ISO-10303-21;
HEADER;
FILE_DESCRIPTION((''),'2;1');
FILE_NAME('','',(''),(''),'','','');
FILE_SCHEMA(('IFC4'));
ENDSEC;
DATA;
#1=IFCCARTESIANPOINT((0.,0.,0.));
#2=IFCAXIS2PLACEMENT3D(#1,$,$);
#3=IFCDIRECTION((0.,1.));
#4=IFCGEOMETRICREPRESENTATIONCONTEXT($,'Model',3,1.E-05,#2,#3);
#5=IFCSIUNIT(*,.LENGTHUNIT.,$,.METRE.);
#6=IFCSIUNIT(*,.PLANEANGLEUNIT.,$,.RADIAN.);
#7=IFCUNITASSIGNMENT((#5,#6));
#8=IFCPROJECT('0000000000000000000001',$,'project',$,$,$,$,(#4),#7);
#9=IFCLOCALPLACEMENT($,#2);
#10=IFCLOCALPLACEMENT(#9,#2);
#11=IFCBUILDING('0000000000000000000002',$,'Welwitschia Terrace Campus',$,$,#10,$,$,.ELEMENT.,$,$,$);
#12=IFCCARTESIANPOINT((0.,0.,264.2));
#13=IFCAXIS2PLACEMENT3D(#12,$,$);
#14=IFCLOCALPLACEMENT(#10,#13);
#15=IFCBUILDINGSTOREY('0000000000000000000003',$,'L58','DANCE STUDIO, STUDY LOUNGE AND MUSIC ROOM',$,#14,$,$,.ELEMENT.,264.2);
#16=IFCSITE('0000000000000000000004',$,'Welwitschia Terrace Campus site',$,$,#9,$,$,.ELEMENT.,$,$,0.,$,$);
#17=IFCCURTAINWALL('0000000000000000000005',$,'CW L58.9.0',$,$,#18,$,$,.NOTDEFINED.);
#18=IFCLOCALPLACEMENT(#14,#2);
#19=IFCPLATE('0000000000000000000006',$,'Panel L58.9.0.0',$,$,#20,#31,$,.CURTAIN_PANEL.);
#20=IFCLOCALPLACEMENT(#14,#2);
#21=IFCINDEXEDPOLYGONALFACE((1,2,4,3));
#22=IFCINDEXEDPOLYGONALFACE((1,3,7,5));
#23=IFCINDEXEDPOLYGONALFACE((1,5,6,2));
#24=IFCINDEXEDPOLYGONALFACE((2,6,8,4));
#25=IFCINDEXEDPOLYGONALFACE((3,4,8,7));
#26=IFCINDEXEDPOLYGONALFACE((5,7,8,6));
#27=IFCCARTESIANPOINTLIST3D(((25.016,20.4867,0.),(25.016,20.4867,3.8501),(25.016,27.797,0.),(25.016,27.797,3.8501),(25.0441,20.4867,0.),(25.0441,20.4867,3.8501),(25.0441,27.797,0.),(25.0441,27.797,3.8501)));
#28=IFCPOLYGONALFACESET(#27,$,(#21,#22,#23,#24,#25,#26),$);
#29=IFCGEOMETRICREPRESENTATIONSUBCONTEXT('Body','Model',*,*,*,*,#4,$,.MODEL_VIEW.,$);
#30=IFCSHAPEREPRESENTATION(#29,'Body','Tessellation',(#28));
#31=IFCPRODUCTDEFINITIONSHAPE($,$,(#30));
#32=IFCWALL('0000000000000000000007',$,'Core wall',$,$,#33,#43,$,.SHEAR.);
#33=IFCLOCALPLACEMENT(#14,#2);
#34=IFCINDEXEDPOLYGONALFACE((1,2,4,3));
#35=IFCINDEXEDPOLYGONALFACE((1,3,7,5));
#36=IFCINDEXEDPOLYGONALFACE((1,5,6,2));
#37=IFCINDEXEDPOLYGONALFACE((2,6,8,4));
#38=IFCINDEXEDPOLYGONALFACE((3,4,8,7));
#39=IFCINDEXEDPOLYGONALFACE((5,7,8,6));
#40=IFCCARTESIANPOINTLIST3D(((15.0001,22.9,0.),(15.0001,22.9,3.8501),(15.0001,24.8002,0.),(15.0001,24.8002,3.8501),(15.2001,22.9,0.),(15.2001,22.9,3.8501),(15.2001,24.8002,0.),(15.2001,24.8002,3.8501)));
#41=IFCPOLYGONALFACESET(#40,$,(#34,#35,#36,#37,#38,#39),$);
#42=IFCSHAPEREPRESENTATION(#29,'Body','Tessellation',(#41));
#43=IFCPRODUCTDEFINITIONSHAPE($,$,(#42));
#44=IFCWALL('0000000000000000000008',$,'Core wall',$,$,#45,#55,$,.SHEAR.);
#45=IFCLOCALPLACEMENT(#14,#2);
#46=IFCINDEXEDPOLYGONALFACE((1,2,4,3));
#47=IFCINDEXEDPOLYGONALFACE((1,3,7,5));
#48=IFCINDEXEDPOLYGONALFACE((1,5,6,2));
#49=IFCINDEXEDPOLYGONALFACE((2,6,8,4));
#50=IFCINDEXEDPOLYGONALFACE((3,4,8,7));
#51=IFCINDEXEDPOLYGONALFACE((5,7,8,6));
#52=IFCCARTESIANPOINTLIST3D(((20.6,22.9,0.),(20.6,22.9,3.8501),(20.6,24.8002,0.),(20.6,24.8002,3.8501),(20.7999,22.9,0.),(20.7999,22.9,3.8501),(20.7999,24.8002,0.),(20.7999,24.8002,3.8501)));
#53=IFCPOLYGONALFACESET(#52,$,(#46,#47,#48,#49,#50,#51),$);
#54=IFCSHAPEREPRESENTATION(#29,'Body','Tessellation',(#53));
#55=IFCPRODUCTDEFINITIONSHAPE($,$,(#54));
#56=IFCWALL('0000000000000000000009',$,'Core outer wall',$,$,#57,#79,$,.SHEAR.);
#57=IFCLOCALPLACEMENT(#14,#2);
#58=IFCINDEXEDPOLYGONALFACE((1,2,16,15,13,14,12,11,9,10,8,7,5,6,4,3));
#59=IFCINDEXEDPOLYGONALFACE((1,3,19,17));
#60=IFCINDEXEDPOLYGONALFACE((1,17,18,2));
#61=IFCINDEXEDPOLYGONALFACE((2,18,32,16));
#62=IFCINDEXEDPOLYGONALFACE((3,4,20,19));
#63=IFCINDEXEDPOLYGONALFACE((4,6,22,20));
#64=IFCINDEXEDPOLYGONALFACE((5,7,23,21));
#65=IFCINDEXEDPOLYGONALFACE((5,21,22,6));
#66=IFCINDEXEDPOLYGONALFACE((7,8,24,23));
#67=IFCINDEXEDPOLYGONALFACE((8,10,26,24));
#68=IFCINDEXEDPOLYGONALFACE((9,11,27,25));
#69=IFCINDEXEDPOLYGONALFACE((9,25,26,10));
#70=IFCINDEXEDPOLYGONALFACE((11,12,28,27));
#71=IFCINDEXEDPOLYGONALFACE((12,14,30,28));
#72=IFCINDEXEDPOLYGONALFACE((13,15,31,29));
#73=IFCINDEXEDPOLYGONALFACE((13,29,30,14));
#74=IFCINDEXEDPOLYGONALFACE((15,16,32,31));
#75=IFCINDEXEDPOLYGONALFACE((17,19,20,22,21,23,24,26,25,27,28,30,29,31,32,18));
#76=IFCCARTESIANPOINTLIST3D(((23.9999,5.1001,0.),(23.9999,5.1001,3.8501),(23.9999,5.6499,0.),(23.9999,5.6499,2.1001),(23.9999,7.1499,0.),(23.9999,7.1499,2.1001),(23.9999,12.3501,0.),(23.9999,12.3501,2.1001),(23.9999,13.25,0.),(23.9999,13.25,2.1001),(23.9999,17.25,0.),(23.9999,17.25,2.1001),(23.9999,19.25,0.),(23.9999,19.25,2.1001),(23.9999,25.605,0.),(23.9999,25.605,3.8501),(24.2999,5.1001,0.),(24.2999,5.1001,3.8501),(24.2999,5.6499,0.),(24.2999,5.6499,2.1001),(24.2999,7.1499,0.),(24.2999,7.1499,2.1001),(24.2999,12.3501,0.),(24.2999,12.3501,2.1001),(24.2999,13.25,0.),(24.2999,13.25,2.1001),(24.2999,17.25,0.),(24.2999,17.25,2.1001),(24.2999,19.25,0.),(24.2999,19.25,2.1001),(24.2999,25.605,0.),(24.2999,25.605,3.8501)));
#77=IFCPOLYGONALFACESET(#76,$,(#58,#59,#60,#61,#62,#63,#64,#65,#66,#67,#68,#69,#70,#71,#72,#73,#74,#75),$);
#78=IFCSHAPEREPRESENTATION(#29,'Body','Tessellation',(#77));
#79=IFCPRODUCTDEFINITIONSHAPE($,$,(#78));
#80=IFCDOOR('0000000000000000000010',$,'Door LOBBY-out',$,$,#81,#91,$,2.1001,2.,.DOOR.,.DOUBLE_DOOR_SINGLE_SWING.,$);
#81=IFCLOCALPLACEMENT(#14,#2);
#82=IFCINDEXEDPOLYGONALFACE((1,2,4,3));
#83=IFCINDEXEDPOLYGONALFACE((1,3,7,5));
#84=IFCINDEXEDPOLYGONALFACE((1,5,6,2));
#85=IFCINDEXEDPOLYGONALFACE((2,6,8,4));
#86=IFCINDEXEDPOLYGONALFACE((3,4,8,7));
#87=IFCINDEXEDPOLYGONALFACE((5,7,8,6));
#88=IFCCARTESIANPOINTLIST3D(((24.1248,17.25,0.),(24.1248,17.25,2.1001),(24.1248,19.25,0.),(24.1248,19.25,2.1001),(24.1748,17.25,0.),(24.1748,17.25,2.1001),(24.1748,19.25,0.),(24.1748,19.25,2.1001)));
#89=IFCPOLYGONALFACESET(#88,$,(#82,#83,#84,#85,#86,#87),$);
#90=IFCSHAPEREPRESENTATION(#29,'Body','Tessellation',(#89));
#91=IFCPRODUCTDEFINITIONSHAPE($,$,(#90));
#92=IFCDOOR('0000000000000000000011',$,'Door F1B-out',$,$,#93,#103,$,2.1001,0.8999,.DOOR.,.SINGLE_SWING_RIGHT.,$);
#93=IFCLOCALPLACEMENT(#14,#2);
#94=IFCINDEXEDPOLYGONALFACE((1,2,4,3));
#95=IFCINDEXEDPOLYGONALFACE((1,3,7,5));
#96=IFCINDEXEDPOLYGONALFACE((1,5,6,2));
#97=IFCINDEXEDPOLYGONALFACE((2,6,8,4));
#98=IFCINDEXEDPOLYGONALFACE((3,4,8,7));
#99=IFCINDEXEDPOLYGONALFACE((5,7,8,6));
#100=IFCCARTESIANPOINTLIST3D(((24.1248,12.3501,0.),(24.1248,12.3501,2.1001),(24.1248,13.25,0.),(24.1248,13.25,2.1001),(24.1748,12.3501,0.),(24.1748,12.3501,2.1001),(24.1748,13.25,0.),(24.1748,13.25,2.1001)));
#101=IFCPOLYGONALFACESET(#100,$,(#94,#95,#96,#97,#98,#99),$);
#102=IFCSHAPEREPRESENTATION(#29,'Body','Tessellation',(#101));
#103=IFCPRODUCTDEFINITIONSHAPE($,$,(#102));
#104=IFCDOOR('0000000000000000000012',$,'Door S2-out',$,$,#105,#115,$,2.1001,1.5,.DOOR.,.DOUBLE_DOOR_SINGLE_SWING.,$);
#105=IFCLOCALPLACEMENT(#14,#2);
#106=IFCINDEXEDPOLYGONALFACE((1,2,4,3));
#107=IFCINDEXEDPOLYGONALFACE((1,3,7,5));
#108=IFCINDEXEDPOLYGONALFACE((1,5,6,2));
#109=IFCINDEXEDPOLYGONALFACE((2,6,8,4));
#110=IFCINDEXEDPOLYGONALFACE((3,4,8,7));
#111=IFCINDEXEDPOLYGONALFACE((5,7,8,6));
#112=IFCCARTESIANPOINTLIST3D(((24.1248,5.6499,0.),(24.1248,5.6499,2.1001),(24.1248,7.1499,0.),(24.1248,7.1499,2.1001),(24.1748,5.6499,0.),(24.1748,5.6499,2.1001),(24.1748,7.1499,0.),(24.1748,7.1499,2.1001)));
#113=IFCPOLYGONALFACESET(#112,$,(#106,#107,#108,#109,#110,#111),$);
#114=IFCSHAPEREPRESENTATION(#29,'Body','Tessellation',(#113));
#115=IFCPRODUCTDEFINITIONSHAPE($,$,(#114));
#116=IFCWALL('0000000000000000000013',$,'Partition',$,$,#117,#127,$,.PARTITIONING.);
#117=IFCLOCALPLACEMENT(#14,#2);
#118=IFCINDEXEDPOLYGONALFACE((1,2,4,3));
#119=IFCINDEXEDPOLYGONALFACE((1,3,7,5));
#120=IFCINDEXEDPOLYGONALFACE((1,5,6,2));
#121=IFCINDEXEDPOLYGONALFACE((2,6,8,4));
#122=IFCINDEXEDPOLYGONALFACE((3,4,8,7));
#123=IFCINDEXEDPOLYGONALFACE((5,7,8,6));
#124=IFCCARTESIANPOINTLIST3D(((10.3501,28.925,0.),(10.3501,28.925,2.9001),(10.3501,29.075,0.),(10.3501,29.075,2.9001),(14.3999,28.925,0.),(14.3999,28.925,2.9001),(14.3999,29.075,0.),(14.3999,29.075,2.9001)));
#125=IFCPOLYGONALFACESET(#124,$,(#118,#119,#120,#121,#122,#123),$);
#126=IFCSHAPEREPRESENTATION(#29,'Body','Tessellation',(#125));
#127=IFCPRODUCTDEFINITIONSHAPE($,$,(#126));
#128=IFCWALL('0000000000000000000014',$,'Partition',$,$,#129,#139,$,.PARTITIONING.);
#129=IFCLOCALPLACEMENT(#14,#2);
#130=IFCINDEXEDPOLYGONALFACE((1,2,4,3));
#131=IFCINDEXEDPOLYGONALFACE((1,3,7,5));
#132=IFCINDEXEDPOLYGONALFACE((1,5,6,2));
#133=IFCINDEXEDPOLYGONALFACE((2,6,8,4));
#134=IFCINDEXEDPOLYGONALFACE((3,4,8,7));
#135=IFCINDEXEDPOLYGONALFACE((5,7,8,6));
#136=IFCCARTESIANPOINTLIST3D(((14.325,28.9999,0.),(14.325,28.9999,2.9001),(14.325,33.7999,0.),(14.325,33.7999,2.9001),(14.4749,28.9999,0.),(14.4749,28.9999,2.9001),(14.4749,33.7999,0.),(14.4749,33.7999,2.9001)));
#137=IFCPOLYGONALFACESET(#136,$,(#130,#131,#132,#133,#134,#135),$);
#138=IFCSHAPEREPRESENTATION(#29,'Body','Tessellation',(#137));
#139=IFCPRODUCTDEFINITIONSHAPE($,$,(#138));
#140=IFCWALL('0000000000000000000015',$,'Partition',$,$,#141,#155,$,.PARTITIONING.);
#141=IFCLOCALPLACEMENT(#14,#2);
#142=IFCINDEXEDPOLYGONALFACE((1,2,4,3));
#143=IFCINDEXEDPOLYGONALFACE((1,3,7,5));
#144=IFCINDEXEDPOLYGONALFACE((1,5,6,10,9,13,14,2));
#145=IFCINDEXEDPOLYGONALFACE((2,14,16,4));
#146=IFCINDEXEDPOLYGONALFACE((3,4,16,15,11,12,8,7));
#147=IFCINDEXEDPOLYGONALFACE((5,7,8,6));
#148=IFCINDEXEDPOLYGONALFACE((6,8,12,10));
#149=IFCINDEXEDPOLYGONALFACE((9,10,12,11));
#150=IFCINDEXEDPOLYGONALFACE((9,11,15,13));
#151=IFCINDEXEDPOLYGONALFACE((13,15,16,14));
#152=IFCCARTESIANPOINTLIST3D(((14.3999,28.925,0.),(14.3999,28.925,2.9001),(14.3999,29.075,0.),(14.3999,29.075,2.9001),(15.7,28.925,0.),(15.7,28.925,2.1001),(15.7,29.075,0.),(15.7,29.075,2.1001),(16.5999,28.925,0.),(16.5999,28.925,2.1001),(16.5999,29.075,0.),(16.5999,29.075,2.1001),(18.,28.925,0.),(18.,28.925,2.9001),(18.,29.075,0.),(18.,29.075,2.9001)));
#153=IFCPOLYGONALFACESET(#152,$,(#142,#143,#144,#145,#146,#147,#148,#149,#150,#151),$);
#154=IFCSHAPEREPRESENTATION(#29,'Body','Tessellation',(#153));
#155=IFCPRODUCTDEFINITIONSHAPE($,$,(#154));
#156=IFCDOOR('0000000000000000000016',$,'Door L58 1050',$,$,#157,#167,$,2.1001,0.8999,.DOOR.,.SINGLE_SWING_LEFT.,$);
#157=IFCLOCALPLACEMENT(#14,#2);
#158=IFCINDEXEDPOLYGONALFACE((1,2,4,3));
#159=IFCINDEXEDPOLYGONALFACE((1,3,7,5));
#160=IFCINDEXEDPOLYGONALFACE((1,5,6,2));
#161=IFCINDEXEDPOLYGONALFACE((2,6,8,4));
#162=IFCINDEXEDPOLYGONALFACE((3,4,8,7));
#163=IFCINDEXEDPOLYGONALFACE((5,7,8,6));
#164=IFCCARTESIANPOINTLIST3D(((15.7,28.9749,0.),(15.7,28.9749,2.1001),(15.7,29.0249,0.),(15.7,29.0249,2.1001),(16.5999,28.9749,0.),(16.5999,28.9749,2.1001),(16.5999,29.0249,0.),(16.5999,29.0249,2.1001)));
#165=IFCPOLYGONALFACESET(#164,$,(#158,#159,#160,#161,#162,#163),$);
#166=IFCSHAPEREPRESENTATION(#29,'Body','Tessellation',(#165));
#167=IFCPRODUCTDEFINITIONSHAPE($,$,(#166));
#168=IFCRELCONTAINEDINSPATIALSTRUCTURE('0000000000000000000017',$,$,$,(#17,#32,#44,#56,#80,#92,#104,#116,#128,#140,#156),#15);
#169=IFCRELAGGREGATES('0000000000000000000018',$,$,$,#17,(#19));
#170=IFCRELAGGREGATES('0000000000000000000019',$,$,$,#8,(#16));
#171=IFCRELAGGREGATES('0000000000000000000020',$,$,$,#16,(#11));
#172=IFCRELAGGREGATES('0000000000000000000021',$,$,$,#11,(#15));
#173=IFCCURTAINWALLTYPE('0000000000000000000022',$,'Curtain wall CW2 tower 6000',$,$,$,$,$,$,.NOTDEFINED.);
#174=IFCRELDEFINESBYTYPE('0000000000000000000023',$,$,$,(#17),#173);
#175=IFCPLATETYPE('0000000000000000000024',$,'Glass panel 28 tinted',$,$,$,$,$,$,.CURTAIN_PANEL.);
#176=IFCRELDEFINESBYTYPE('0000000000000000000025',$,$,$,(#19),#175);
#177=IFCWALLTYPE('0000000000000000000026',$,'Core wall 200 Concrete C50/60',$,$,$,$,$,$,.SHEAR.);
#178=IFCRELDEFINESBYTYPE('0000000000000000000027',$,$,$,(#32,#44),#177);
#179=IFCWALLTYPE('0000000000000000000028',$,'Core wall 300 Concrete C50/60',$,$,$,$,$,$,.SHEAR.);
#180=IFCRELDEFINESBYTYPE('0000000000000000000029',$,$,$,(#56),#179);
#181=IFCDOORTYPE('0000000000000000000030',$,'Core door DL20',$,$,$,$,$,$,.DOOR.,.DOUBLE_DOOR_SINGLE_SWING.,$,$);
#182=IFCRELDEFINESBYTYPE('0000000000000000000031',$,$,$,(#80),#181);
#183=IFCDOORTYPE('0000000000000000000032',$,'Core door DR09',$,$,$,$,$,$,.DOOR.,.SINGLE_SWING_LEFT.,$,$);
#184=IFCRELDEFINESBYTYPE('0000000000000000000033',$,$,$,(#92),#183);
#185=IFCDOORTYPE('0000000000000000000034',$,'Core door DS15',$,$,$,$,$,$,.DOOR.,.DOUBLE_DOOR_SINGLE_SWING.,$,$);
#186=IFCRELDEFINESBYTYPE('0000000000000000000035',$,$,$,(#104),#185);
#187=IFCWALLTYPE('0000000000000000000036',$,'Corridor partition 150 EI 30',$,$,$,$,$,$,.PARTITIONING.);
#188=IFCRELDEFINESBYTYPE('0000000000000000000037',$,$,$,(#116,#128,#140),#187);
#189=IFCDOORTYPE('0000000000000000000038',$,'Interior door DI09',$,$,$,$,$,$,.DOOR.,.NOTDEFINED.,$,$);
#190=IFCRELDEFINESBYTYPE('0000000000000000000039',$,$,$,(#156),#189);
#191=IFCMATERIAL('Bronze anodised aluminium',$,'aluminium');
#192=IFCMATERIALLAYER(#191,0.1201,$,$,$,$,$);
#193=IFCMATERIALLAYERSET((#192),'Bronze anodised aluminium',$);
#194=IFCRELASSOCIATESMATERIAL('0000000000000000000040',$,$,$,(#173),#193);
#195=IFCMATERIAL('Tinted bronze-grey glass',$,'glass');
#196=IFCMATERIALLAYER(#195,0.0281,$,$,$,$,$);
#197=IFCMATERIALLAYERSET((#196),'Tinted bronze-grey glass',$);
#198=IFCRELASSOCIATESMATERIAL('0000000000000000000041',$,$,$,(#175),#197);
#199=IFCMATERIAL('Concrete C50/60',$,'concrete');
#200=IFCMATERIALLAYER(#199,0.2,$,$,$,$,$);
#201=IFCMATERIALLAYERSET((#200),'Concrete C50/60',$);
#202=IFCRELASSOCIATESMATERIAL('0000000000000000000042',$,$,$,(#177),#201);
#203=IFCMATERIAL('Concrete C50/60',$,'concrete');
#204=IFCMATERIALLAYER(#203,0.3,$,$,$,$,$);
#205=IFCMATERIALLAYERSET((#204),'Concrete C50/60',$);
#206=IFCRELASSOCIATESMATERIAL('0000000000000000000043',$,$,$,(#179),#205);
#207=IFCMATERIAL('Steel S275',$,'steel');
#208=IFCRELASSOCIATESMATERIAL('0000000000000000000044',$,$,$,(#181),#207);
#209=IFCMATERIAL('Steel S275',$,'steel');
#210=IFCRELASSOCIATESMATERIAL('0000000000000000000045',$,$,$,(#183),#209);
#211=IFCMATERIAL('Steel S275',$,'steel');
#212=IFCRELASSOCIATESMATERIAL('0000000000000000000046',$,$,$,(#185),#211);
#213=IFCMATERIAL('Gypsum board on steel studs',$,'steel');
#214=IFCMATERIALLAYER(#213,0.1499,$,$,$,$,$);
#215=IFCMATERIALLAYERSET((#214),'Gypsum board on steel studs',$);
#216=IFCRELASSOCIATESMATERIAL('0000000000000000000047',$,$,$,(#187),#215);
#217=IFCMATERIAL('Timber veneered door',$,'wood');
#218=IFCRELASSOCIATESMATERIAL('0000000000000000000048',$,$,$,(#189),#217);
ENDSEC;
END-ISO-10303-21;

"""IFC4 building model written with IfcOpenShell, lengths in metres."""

from ifc_helpers import new_model, si_unit, direction, frame, frame_2d, origin, origin_2d, place, context, subcontext, project, spatial, rectangle, extrude, material, layer, layer_set, type_object, element, fill, aggregate, save


model = new_model("IFC4")

# Units and contexts
model_context = context("Model", 3, precision=1e-05, world=origin(), true_north=direction((0.0, 1.0)))
body_context = subcontext(model_context, "Body", "Model", "MODEL_VIEW")
ifc_project = project(units=[si_unit("LENGTHUNIT", "METRE"), si_unit("PLANEANGLEUNIT", "RADIAN")], contexts=[model_context])

# Site, building, storey
site_placement = place(None, origin())
site = spatial("IfcSite", under=ifc_project, at=site_placement, Name="Welwitschia Terrace Campus site", CompositionType="ELEMENT", RefElevation=0.0)
building_placement = place(site_placement, origin())
building = spatial("IfcBuilding", under=site, at=building_placement, Name="Welwitschia Terrace Campus", CompositionType="ELEMENT")
storey_placement = place(building_placement, frame((0.0, 0.0, 264.2)))
storey = spatial("IfcBuildingStorey", under=building, at=storey_placement, Name="L58", Description="DANCE STUDIO, STUDY LOUNGE AND MUSIC ROOM", CompositionType="ELEMENT", Elevation=264.2)

# Curtain wall
ifc_material_1 = material(Name="Bronze anodised aluminium", Category="aluminium")
ifc_layer_1 = layer(ifc_material_1, 0.1201)
ifc_layer_set_1 = layer_set([ifc_layer_1], Name="Bronze anodised aluminium")
curtain_wall_type = type_object("IfcCurtainWallType", Name="Curtain wall CW2 tower 6000", PredefinedType="NOTDEFINED", material=ifc_layer_set_1)
curtain_wall_1_placement = place(storey_placement, origin())
curtain_wall_1 = element("IfcCurtainWall", 1, at=curtain_wall_1_placement, inside=storey, type_object=curtain_wall_type, Name="CW L58.9.0", PredefinedType="NOTDEFINED")

# Plate
ifc_material_2 = material(Name="Tinted bronze-grey glass", Category="glass")
ifc_layer_2 = layer(ifc_material_2, 0.0281)
ifc_layer_set_2 = layer_set([ifc_layer_2], Name="Tinted bronze-grey glass")
plate_type = type_object("IfcPlateType", Name="Glass panel 28 tinted", PredefinedType="CURTAIN_PANEL", material=ifc_layer_set_2)
plate_placement = place(storey_placement, frame((25.03, 24.1418, 0.0), z_axis=(0.0, 0.0, 1.0), x_axis=(0.0, 1.0, 0.0)))
plate = element("IfcPlate", 2, at=plate_placement, type_object=plate_type, Name="Panel L58.9.0.0", PredefinedType="CURTAIN_PANEL", context=body_context, shape_type="SweptSolid", body=[
    extrude(rectangle(XDim=7.3103, YDim=0.0281, at=origin_2d()), origin(), (0.0, 0.0, 1.0), 3.8501),
])
aggregate(curtain_wall_1, [plate])

# Walls
ifc_material_3 = material(Name="Concrete C50/60", Category="concrete")
ifc_layer_3 = layer(ifc_material_3, 0.2)
ifc_layer_set_3 = layer_set([ifc_layer_3], Name="Concrete C50/60")
wall_type_1 = type_object("IfcWallType", Name="Core wall 200 Concrete C50/60", PredefinedType="SHEAR", material=ifc_layer_set_3)
for number, where, z_axis, x_axis, name in (
    (3, (15.1001, 22.8999, 0.0), (0.0, 0.0, 1.0), (0.0, 1.0, 0.0), "Core wall"),
    (4, (20.7, 22.8999, 0.0), (0.0, 0.0, 1.0), (0.0, 1.0, 0.0), "Core wall"),
):
    element("IfcWall", number, at=place(storey_placement, frame(where, z_axis=z_axis, x_axis=x_axis)), inside=storey, type_object=wall_type_1, Name=name, PredefinedType="SHEAR", context=body_context, shape_type="SweptSolid", body=[
        extrude(rectangle(XDim=1.9001, YDim=0.2, at=frame_2d((0.9502, 0.0))), origin(), (0.0, 0.0, 1.0), 3.8501),
    ])

# Wall, openings, doors
ifc_material_4 = material(Name="Concrete C50/60", Category="concrete")
ifc_layer_4 = layer(ifc_material_4, 0.3)
ifc_layer_set_4 = layer_set([ifc_layer_4], Name="Concrete C50/60")
wall_type_2 = type_object("IfcWallType", Name="Core wall 300 Concrete C50/60", PredefinedType="SHEAR", material=ifc_layer_set_4)
wall_1_placement = place(storey_placement, frame((24.1499, 25.605, 0.0), z_axis=(0.0, 0.0, 1.0), x_axis=(0.0, -1.0, 0.0)))
wall_1 = element("IfcWall", 5, at=wall_1_placement, inside=storey, type_object=wall_type_2, Name="Core outer wall", PredefinedType="SHEAR", context=body_context, shape_type="SweptSolid", body=[
    extrude(rectangle(XDim=20.5049, YDim=0.3, at=frame_2d((10.2524, 0.0))), origin(), (0.0, 0.0, 1.0), 3.8501),
])
opening_1_placement = place(wall_1_placement, frame((18.4551, 0.0, 0.0)))
opening_1 = element("IfcOpeningElement", 6, at=opening_1_placement, cuts=wall_1, PredefinedType="OPENING", context=body_context, shape_type="SweptSolid", body=[
    extrude(rectangle(XDim=1.5, YDim=2.1001, at=frame_2d((0.75, 1.05))), frame((0.0, 0.1599, 0.0), z_axis=(0.0, -1.0, 0.0), x_axis=(1.0, 0.0, 0.0)), (0.0, 0.0, 1.0), 0.3201),
])
opening_2_placement = place(wall_1_placement, frame((12.355, 0.0, 0.0)))
opening_2 = element("IfcOpeningElement", 7, at=opening_2_placement, cuts=wall_1, PredefinedType="OPENING", context=body_context, shape_type="SweptSolid", body=[
    extrude(rectangle(XDim=0.8999, YDim=2.1001, at=frame_2d((0.45, 1.05))), frame((0.0, 0.1599, 0.0), z_axis=(0.0, -1.0, 0.0), x_axis=(1.0, 0.0, 0.0)), (0.0, 0.0, 1.0), 0.3201),
])
opening_3_placement = place(wall_1_placement, frame((6.355, 0.0, 0.0)))
opening_3 = element("IfcOpeningElement", 8, at=opening_3_placement, cuts=wall_1, PredefinedType="OPENING", context=body_context, shape_type="SweptSolid", body=[
    extrude(rectangle(XDim=2.0, YDim=2.1001, at=frame_2d((1.0, 1.05))), frame((0.0, 0.1599, 0.0), z_axis=(0.0, -1.0, 0.0), x_axis=(1.0, 0.0, 0.0)), (0.0, 0.0, 1.0), 0.3201),
])
ifc_material_5 = material(Name="Steel S275", Category="steel")
door_type_1 = type_object("IfcDoorType", Name="Core door DL20", OperationType="DOUBLE_DOOR_SINGLE_SWING", PredefinedType="DOOR", material=ifc_material_5)
door_1_placement = place(opening_3_placement, origin())
door_1 = element("IfcDoor", 9, at=door_1_placement, inside=storey, type_object=door_type_1, Name="Door LOBBY-out", OperationType="DOUBLE_DOOR_SINGLE_SWING", OverallHeight=2.1001, OverallWidth=2.0, PredefinedType="DOOR", context=body_context, shape_type="SweptSolid", body=[
    extrude(rectangle(XDim=2.0, YDim=2.1001, at=frame_2d((1.0, 1.05))), frame((0.0, 0.0249, 0.0), z_axis=(0.0, -1.0, 0.0), x_axis=(1.0, 0.0, 0.0)), (0.0, 0.0, 1.0), 0.05),
])
fill(opening_3, door_1)
ifc_material_6 = material(Name="Steel S275", Category="steel")
door_type_2 = type_object("IfcDoorType", Name="Core door DR09", OperationType="SINGLE_SWING_LEFT", PredefinedType="DOOR", material=ifc_material_6)
door_2_placement = place(opening_2_placement, origin())
door_2 = element("IfcDoor", 10, at=door_2_placement, inside=storey, type_object=door_type_2, Name="Door F1B-out", OperationType="SINGLE_SWING_RIGHT", OverallHeight=2.1001, OverallWidth=0.8999, PredefinedType="DOOR", context=body_context, shape_type="SweptSolid", body=[
    extrude(rectangle(XDim=0.8999, YDim=2.1001, at=frame_2d((0.45, 1.05))), frame((0.0, 0.0249, 0.0), z_axis=(0.0, -1.0, 0.0), x_axis=(1.0, 0.0, 0.0)), (0.0, 0.0, 1.0), 0.05),
])
fill(opening_2, door_2)
ifc_material_7 = material(Name="Steel S275", Category="steel")
door_type_3 = type_object("IfcDoorType", Name="Core door DS15", OperationType="DOUBLE_DOOR_SINGLE_SWING", PredefinedType="DOOR", material=ifc_material_7)
door_3_placement = place(opening_1_placement, origin())
door_3 = element("IfcDoor", 11, at=door_3_placement, inside=storey, type_object=door_type_3, Name="Door S2-out", OperationType="DOUBLE_DOOR_SINGLE_SWING", OverallHeight=2.1001, OverallWidth=1.5, PredefinedType="DOOR", context=body_context, shape_type="SweptSolid", body=[
    extrude(rectangle(XDim=1.5, YDim=2.1001, at=frame_2d((0.75, 1.05))), frame((0.0, 0.0249, 0.0), z_axis=(0.0, -1.0, 0.0), x_axis=(1.0, 0.0, 0.0)), (0.0, 0.0, 1.0), 0.05),
])
fill(opening_1, door_3)

# Walls
ifc_material_8 = material(Name="Gypsum board on steel studs", Category="steel")
ifc_layer_5 = layer(ifc_material_8, 0.1499)
ifc_layer_set_5 = layer_set([ifc_layer_5], Name="Gypsum board on steel studs")
wall_type_3 = type_object("IfcWallType", Name="Corridor partition 150 EI 30", PredefinedType="PARTITIONING", material=ifc_layer_set_5)
wall_2_placement = place(storey_placement, frame((10.3501, 29.0, 0.0), z_axis=(0.0, 0.0, 1.0), x_axis=(1.0, 0.0, 0.0)))
element("IfcWall", 12, at=wall_2_placement, inside=storey, type_object=wall_type_3, Name="Partition", PredefinedType="PARTITIONING", context=body_context, shape_type="SweptSolid", body=[
    extrude(rectangle(XDim=4.0498, YDim=0.1499, at=frame_2d((2.0249, 0.0))), origin(), (0.0, 0.0, 1.0), 2.9001),
])
wall_3_placement = place(storey_placement, frame((14.3999, 29.0, 0.0), z_axis=(0.0, 0.0, 1.0), x_axis=(0.0, 1.0, 0.0)))
element("IfcWall", 13, at=wall_3_placement, inside=storey, type_object=wall_type_3, Name="Partition", PredefinedType="PARTITIONING", context=body_context, shape_type="SweptSolid", body=[
    extrude(rectangle(XDim=4.8, YDim=0.1499, at=frame_2d((2.3999, 0.0))), origin(), (0.0, 0.0, 1.0), 2.9001),
])

# Wall, opening, door
wall_4_placement = place(storey_placement, frame((14.3999, 29.0, 0.0), z_axis=(0.0, 0.0, 1.0), x_axis=(1.0, 0.0, 0.0)))
wall_4 = element("IfcWall", 14, at=wall_4_placement, inside=storey, type_object=wall_type_3, Name="Partition", PredefinedType="PARTITIONING", context=body_context, shape_type="SweptSolid", body=[
    extrude(rectangle(XDim=3.6001, YDim=0.1499, at=frame_2d((1.8, 0.0))), origin(), (0.0, 0.0, 1.0), 2.9001),
])
opening_4_placement = place(wall_4_placement, frame((1.3, 0.0, 0.0)))
opening_4 = element("IfcOpeningElement", 15, at=opening_4_placement, cuts=wall_4, PredefinedType="OPENING", context=body_context, shape_type="SweptSolid", body=[
    extrude(rectangle(XDim=0.8999, YDim=2.1001, at=frame_2d((0.45, 1.05))), frame((0.0, 0.085, 0.0), z_axis=(0.0, -1.0, 0.0), x_axis=(1.0, 0.0, 0.0)), (0.0, 0.0, 1.0), 0.1699),
])
ifc_material_9 = material(Name="Timber veneered door", Category="wood")
door_type_4 = type_object("IfcDoorType", Name="Interior door DI09", OperationType="NOTDEFINED", PredefinedType="DOOR", material=ifc_material_9)
door_4_placement = place(opening_4_placement, origin())
door_4 = element("IfcDoor", 16, at=door_4_placement, inside=storey, type_object=door_type_4, Name="Door L58 1050", OperationType="SINGLE_SWING_LEFT", OverallHeight=2.1001, OverallWidth=0.8999, PredefinedType="DOOR", context=body_context, shape_type="SweptSolid", body=[
    extrude(rectangle(XDim=0.8999, YDim=2.1001, at=frame_2d((0.45, 1.05))), frame((0.0, 0.0249, 0.0), z_axis=(0.0, -1.0, 0.0), x_axis=(1.0, 0.0, 0.0)), (0.0, 0.0, 1.0), 0.05),
])
fill(opening_4, door_4)

save(model, "model.ifc")
